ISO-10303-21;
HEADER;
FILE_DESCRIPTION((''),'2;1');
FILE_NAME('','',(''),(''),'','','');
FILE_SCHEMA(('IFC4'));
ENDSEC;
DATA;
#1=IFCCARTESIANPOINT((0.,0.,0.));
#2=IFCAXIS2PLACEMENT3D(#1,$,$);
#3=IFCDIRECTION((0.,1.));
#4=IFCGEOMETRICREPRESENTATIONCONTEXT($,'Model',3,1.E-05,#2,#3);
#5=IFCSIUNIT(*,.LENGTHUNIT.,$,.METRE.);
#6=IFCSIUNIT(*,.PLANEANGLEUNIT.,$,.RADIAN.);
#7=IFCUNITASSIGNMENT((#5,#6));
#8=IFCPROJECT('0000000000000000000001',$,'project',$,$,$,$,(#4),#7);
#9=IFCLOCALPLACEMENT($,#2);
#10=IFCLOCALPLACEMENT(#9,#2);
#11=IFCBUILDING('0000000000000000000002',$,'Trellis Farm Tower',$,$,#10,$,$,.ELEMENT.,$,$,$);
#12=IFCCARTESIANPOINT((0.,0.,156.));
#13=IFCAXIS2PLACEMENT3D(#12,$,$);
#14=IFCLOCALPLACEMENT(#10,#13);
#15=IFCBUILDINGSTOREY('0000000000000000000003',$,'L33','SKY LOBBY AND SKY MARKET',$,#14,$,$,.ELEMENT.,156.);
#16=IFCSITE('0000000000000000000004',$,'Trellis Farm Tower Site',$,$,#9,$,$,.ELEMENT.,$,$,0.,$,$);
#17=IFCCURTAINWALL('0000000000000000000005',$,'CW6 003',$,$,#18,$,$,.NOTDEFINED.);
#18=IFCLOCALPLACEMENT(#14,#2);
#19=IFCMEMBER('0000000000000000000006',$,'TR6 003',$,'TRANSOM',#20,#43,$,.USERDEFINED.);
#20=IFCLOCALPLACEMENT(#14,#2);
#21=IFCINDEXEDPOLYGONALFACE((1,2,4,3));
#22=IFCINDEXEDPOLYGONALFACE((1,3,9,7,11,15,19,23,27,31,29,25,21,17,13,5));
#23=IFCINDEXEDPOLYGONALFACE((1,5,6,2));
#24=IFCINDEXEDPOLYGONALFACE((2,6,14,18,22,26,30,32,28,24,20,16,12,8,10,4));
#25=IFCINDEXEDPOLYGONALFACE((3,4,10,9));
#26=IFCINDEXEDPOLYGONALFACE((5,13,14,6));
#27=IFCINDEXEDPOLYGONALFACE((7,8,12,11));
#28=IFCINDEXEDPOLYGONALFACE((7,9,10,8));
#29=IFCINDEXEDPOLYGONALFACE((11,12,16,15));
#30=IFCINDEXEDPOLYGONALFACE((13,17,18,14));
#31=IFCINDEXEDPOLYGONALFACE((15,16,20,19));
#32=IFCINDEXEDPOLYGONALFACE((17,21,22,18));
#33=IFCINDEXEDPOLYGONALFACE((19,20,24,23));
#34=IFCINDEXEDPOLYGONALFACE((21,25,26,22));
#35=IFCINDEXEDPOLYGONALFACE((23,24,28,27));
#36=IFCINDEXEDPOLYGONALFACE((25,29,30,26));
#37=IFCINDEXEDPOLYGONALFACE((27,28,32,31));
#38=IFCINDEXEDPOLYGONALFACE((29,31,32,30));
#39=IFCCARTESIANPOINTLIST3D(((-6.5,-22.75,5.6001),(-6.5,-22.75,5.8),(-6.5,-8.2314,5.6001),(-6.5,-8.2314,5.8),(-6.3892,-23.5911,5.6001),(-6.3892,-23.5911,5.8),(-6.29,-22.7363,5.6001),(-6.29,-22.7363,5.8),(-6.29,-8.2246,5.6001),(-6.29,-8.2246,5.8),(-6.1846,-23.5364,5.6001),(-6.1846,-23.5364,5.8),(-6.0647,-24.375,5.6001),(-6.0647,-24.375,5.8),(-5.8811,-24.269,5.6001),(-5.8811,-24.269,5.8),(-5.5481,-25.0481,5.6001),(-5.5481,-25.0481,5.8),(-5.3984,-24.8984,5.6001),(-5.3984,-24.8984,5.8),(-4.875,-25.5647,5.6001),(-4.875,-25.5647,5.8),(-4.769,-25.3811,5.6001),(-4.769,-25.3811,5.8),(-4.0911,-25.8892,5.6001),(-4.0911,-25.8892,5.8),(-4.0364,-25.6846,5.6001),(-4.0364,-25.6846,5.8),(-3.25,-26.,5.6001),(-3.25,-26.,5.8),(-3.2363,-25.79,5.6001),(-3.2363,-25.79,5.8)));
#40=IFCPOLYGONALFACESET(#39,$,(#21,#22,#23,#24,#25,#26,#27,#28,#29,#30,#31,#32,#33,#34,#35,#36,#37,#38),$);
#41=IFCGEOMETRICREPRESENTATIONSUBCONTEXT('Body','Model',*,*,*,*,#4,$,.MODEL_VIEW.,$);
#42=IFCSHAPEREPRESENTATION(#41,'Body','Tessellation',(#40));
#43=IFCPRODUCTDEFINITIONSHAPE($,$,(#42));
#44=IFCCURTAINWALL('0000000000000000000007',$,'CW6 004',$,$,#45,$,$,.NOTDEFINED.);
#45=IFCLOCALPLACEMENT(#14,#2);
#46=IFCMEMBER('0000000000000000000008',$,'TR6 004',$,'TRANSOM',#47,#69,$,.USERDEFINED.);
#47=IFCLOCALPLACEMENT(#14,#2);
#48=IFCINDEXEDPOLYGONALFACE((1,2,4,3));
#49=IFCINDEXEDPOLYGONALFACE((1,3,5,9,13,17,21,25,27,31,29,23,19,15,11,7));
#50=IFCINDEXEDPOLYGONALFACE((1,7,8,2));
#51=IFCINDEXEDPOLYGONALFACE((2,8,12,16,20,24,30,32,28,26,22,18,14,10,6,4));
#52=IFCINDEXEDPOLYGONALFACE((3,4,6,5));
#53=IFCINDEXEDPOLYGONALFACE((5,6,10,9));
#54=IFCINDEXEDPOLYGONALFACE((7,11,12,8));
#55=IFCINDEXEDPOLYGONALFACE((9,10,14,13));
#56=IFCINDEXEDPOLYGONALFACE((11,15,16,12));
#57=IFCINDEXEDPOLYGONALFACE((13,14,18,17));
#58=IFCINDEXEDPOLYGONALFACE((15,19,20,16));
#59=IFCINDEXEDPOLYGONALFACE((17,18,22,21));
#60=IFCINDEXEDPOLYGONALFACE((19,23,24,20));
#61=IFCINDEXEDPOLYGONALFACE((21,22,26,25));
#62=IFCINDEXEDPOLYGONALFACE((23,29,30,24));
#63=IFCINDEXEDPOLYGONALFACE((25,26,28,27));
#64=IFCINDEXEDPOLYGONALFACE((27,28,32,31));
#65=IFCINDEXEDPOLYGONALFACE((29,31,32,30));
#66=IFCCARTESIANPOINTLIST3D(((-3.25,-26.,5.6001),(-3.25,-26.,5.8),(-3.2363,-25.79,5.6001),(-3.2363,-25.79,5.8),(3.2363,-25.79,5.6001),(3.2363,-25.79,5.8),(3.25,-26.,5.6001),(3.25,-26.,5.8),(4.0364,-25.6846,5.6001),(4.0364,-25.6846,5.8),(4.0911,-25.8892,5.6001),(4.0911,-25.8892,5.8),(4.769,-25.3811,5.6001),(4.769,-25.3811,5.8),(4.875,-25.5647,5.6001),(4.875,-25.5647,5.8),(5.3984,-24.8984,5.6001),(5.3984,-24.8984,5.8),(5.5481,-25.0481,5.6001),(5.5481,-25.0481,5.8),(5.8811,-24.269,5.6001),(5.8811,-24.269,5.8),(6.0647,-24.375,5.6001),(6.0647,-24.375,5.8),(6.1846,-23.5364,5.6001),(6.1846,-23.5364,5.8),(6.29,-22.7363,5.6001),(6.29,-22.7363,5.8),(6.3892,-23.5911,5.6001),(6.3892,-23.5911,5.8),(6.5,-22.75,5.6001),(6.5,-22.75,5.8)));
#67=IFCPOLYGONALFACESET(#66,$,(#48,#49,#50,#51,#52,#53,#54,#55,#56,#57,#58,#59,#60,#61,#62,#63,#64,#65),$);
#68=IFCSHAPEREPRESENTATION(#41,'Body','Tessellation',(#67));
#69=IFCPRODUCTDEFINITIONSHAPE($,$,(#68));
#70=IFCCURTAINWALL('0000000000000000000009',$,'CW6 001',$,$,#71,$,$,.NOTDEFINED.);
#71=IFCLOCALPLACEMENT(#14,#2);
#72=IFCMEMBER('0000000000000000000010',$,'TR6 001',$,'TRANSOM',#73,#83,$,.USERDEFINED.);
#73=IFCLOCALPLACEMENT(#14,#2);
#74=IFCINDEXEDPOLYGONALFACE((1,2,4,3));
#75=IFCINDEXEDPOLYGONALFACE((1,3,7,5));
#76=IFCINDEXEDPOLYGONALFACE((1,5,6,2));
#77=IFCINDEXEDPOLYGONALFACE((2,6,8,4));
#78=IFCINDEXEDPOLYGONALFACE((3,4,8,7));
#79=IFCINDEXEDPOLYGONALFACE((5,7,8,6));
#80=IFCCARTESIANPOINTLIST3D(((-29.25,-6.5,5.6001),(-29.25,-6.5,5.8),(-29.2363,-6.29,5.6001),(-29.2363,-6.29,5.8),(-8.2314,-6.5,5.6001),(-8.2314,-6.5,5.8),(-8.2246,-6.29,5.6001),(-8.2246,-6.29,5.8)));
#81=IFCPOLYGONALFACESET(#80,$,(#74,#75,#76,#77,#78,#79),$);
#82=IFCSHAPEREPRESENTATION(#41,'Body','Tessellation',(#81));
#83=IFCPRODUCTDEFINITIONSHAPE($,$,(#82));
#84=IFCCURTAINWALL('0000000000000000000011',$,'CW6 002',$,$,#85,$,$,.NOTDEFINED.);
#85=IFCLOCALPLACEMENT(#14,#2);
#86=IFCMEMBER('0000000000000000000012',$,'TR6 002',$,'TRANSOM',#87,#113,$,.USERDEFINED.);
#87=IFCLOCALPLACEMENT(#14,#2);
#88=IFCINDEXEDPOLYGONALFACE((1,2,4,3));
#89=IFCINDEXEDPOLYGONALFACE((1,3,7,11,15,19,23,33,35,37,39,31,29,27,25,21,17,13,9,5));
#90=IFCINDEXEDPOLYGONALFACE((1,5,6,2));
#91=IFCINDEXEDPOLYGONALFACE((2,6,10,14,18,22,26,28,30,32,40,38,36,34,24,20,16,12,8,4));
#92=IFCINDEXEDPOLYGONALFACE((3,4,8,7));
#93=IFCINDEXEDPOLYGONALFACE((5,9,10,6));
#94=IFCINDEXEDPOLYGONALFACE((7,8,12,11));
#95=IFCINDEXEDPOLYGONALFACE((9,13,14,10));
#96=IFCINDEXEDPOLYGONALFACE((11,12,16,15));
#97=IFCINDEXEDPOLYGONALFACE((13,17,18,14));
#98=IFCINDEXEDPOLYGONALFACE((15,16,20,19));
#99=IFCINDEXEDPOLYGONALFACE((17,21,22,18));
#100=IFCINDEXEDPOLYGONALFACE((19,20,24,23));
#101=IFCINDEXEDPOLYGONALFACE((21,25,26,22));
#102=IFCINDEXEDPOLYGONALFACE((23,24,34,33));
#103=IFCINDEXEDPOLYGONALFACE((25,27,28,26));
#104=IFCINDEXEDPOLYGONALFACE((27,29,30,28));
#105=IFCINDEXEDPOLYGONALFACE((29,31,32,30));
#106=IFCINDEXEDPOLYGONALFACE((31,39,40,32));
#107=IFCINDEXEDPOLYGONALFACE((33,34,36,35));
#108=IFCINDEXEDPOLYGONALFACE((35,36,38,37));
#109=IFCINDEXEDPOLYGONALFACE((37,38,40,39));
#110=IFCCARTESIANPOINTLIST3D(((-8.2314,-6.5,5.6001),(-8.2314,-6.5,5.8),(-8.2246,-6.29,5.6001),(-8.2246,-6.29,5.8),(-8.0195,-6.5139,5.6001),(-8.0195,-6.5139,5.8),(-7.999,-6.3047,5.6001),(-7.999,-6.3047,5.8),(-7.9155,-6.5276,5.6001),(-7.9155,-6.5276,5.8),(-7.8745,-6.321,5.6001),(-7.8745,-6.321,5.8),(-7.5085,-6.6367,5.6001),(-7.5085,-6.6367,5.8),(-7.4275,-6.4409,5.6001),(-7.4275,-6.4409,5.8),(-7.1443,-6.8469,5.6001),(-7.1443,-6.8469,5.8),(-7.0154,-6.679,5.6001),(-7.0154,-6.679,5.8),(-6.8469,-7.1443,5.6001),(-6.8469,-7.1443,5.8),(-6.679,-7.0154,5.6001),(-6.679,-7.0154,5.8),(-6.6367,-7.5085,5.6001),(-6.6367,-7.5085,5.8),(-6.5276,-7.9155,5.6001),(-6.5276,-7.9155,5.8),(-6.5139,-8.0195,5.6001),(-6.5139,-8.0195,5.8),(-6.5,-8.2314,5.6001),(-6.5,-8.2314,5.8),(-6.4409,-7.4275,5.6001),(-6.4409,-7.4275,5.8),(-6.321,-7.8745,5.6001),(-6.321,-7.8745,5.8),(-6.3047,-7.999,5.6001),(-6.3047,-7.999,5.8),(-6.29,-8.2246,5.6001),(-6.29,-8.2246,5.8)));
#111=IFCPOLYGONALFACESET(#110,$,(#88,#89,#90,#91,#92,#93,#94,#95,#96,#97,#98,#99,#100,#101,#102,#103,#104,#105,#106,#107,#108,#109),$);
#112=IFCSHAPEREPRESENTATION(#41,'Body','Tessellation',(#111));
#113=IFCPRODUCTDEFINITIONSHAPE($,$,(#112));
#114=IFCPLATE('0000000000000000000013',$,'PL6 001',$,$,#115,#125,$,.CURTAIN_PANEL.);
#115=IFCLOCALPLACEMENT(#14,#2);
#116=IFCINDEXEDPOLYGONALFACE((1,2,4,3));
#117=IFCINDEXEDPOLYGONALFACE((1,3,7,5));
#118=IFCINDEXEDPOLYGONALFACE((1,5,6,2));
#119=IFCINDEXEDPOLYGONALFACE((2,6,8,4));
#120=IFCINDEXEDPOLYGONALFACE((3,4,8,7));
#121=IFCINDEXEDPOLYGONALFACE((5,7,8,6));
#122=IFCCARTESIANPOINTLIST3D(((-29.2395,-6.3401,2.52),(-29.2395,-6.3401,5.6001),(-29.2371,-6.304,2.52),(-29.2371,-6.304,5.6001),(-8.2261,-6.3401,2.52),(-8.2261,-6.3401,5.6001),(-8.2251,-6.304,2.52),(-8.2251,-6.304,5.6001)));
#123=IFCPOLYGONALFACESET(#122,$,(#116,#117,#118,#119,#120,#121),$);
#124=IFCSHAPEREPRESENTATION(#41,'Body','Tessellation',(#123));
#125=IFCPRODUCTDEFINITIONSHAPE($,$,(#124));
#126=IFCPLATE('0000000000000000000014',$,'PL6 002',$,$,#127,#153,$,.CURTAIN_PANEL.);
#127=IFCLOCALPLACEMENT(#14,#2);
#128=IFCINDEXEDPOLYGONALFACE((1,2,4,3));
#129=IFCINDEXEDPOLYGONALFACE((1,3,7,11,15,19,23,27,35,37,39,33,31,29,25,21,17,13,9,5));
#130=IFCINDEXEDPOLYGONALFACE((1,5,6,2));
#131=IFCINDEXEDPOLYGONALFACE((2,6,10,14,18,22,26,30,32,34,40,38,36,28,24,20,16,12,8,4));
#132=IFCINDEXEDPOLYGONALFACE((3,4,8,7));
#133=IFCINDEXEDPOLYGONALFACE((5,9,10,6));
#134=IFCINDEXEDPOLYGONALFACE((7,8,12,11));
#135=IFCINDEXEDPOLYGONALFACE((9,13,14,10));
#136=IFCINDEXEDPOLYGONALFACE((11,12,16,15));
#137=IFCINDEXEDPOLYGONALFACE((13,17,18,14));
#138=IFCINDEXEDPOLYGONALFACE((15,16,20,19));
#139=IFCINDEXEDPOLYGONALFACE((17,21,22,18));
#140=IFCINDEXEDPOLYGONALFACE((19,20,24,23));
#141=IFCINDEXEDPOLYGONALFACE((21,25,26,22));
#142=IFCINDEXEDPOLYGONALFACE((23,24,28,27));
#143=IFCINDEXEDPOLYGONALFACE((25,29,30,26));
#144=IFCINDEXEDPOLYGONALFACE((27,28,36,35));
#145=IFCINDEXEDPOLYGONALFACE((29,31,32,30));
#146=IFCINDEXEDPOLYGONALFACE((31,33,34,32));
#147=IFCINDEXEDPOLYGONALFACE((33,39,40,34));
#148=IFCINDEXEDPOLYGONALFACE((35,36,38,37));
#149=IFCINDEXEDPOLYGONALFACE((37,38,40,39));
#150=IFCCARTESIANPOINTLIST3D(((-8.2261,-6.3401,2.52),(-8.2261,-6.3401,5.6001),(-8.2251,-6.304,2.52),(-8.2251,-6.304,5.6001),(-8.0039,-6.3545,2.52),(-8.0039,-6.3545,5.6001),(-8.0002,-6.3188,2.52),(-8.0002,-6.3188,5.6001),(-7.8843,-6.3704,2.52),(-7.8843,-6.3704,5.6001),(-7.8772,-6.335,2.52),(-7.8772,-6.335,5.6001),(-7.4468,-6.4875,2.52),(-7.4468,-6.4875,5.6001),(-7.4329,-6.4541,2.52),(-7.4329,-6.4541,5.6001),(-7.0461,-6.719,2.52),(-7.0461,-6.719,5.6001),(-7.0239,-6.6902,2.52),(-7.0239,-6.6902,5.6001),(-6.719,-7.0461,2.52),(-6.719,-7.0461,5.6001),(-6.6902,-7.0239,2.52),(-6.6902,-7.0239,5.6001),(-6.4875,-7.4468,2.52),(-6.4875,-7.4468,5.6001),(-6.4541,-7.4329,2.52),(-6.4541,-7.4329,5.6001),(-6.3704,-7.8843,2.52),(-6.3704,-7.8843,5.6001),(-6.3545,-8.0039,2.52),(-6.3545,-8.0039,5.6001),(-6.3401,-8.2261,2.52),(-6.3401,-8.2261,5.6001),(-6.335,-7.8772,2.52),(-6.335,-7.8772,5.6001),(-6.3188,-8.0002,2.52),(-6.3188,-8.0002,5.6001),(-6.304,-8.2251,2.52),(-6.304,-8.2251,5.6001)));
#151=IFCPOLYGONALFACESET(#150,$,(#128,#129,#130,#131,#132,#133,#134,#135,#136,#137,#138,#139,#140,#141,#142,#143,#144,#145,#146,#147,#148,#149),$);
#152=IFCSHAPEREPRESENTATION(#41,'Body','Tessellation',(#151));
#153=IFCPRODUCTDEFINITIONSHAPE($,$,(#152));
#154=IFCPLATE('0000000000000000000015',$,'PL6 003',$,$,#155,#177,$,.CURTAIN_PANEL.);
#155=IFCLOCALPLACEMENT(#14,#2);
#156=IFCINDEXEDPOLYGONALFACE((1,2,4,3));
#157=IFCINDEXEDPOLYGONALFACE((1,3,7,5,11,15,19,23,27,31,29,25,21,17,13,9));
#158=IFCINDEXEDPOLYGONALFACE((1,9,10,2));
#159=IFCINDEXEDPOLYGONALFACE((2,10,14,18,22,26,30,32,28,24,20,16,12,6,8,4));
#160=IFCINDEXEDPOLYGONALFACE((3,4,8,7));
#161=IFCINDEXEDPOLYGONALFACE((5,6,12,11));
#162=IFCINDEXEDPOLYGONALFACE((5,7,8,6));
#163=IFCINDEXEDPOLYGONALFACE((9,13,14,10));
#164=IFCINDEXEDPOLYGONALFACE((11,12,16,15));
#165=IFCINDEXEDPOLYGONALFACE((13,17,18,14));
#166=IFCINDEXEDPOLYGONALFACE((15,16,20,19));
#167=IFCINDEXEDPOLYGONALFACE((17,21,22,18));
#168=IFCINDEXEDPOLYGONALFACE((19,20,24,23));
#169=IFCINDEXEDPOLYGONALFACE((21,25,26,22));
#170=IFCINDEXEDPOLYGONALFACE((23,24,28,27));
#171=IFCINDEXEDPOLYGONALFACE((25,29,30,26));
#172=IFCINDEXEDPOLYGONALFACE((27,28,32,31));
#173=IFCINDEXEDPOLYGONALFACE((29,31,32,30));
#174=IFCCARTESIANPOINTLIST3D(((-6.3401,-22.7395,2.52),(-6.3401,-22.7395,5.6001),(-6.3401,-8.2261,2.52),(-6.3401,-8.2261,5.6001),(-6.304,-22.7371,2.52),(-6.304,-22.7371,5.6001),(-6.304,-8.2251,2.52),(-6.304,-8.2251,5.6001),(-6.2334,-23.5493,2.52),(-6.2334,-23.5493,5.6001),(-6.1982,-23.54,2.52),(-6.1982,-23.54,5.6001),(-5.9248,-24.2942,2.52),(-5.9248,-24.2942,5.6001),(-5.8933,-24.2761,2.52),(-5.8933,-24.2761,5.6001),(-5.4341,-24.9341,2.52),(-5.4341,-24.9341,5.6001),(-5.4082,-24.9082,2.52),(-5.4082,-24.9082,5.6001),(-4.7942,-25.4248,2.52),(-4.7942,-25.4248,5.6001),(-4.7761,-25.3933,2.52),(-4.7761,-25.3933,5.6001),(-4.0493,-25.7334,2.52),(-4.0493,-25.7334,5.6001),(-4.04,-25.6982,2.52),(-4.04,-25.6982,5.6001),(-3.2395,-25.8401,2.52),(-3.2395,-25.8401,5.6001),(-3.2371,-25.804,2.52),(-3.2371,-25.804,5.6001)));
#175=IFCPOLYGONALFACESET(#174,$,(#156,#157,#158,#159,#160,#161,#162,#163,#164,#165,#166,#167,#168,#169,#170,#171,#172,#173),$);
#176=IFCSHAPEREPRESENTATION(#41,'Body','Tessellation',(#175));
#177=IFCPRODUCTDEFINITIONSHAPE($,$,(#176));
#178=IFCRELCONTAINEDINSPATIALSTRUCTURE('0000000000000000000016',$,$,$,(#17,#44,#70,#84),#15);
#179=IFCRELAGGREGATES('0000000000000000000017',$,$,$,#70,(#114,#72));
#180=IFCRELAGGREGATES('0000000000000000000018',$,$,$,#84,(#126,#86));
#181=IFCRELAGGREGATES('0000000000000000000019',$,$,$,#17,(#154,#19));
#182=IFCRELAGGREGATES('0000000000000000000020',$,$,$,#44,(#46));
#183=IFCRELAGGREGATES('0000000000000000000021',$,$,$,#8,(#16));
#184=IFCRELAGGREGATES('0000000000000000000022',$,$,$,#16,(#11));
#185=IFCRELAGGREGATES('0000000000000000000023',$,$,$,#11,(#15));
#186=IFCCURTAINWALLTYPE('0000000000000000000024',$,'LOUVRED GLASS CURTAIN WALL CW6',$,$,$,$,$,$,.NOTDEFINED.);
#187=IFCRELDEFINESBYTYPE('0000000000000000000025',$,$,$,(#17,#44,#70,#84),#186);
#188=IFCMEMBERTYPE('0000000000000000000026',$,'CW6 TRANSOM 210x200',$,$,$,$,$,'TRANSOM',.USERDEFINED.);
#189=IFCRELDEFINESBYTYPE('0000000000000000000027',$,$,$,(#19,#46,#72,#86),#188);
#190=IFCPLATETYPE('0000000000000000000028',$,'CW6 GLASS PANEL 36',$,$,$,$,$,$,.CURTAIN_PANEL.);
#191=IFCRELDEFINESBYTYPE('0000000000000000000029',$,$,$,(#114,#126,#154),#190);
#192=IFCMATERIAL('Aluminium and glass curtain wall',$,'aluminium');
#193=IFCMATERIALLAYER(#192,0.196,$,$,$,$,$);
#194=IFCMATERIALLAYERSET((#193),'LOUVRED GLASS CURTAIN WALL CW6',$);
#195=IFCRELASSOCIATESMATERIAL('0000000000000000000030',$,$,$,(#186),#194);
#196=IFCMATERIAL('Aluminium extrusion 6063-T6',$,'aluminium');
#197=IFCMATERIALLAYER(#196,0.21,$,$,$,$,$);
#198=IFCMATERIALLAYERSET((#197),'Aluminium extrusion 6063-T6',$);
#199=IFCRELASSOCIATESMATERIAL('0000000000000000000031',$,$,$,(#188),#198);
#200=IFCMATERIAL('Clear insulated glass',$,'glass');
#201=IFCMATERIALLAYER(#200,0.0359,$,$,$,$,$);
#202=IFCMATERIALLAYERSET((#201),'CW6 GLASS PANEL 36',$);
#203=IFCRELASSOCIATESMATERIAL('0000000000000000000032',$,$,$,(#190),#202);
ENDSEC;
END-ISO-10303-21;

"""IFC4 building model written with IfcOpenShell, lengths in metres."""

from ifc_helpers import new_model, si_unit, direction, frame, origin, place, context, subcontext, project, spatial, polyline, outline, extrude, source, transform, mapped, material, layer, layer_set, type_object, element, aggregate, save


model = new_model("IFC4")

# Units and contexts
model_context = context("Model", 3, precision=1e-05, world=origin(), true_north=direction((0.0, 1.0)))
body_context = subcontext(model_context, "Body", "Model", "MODEL_VIEW")
ifc_project = project(units=[si_unit("LENGTHUNIT", "METRE"), si_unit("PLANEANGLEUNIT", "RADIAN")], contexts=[model_context])

# Site, building, storey
site_placement = place(None, origin())
site = spatial("IfcSite", under=ifc_project, at=site_placement, Name="Trellis Farm Tower Site", CompositionType="ELEMENT", RefElevation=0.0)
building_placement = place(site_placement, origin())
building = spatial("IfcBuilding", under=site, at=building_placement, Name="Trellis Farm Tower", CompositionType="ELEMENT")
storey_placement = place(building_placement, frame((0.0, 0.0, 156.0)))
storey = spatial("IfcBuildingStorey", under=building, at=storey_placement, Name="L33", Description="SKY LOBBY AND SKY MARKET", CompositionType="ELEMENT", Elevation=156.0)

# Curtain walls, members
ifc_material_1 = material(Name="Aluminium and glass curtain wall", Category="aluminium")
ifc_layer_1 = layer(ifc_material_1, 0.196)
ifc_layer_set_1 = layer_set([ifc_layer_1], Name="LOUVRED GLASS CURTAIN WALL CW6")
curtain_wall_type = type_object("IfcCurtainWallType", Name="LOUVRED GLASS CURTAIN WALL CW6", PredefinedType="NOTDEFINED", material=ifc_layer_set_1)
placement_1 = place(storey_placement, origin())
curtain_wall_1 = element("IfcCurtainWall", 1, at=placement_1, inside=storey, type_object=curtain_wall_type, Name="CW6 003", PredefinedType="NOTDEFINED")
ifc_material_2 = material(Name="Aluminium extrusion 6063-T6", Category="aluminium")
ifc_layer_2 = layer(ifc_material_2, 0.21)
ifc_layer_set_2 = layer_set([ifc_layer_2], Name="Aluminium extrusion 6063-T6")
member_type = type_object("IfcMemberType", Name="CW6 TRANSOM 210x200", ElementType="TRANSOM", PredefinedType="USERDEFINED", material=ifc_layer_set_2)
placement_2 = place(storey_placement, frame((0.0, 0.0, 5.6001)))
member_1 = element("IfcMember", 2, at=placement_2, type_object=member_type, Name="TR6 003", ObjectType="TRANSOM", PredefinedType="USERDEFINED", context=body_context, shape_type="SweptSolid", body=[
    extrude(outline(polyline([(-6.5, -8.2314), (-6.5, -22.75), (-6.3892, -23.5911), (-6.0647, -24.375), (-5.5481, -25.0481), (-4.875, -25.5647), (-4.0911, -25.8892), (-3.25, -26.0), (-3.2363, -25.79), (-4.0364, -25.6846), (-4.769, -25.3811), (-5.3984, -24.8984), (-5.8811, -24.269), (-6.1846, -23.5364), (-6.29, -22.7363), (-6.29, -8.2246), (-6.5, -8.2314)])), origin(), (0.0, 0.0, 1.0), 0.2),
])
curtain_wall_2 = element("IfcCurtainWall", 3, at=placement_1, inside=storey, type_object=curtain_wall_type, Name="CW6 004", PredefinedType="NOTDEFINED")
member_2 = element("IfcMember", 4, at=placement_2, type_object=member_type, Name="TR6 004", ObjectType="TRANSOM", PredefinedType="USERDEFINED", context=body_context, shape_type="SweptSolid", body=[
    extrude(outline(polyline([(-3.25, -26.0), (3.25, -26.0), (4.0911, -25.8892), (4.875, -25.5647), (5.5481, -25.0481), (6.0647, -24.375), (6.3892, -23.5911), (6.5, -22.75), (6.29, -22.7363), (6.1846, -23.5364), (5.8811, -24.269), (5.3984, -24.8984), (4.769, -25.3811), (4.0364, -25.6846), (3.2363, -25.79), (-3.2363, -25.79), (-3.25, -26.0)])), origin(), (0.0, 0.0, 1.0), 0.2),
])
curtain_wall_3 = element("IfcCurtainWall", 5, at=placement_1, inside=storey, type_object=curtain_wall_type, Name="CW6 001", PredefinedType="NOTDEFINED")
shared_shape_1 = source(origin(), body_context, "Body", "SweptSolid", [
    extrude(outline(polyline([(-29.25, -6.5), (-8.2314, -6.5), (-8.2246, -6.29), (-29.2363, -6.29), (-29.25, -6.5)])), origin(), (0.0, 0.0, 1.0), 0.2),
])
member_3 = element("IfcMember", 6, at=placement_2, type_object=member_type, Name="TR6 001", ObjectType="TRANSOM", PredefinedType="USERDEFINED", context=body_context, shape_type="MappedRepresentation", body=[
    mapped(shared_shape_1, transform((0.0, 0.0, 0.0))),
])
curtain_wall_4 = element("IfcCurtainWall", 7, at=placement_1, inside=storey, type_object=curtain_wall_type, Name="CW6 002", PredefinedType="NOTDEFINED")
shared_shape_2 = source(origin(), body_context, "Body", "SweptSolid", [
    extrude(outline(polyline([(-8.2314, -6.5), (-8.0195, -6.5139), (-7.9155, -6.5276), (-7.5085, -6.6367), (-7.1443, -6.8469), (-6.8469, -7.1443), (-6.6367, -7.5085), (-6.5276, -7.9155), (-6.5139, -8.0195), (-6.5, -8.2314), (-6.29, -8.2246), (-6.3047, -7.999), (-6.321, -7.8745), (-6.4409, -7.4275), (-6.679, -7.0154), (-7.0154, -6.679), (-7.4275, -6.4409), (-7.8745, -6.321), (-7.999, -6.3047), (-8.2246, -6.29), (-8.2314, -6.5)])), origin(), (0.0, 0.0, 1.0), 0.2),
])
member_4 = element("IfcMember", 8, at=placement_2, type_object=member_type, Name="TR6 002", ObjectType="TRANSOM", PredefinedType="USERDEFINED", context=body_context, shape_type="MappedRepresentation", body=[
    mapped(shared_shape_2, transform((0.0, 0.0, 0.0))),
])

# Plates
ifc_material_3 = material(Name="Clear insulated glass", Category="glass")
ifc_layer_3 = layer(ifc_material_3, 0.0359)
ifc_layer_set_3 = layer_set([ifc_layer_3], Name="CW6 GLASS PANEL 36")
plate_type = type_object("IfcPlateType", Name="CW6 GLASS PANEL 36", PredefinedType="CURTAIN_PANEL", material=ifc_layer_set_3)
placement_3 = place(storey_placement, frame((0.0, 0.0, 2.52)))
plate_1 = element("IfcPlate", 9, at=placement_3, type_object=plate_type, Name="PL6 001", PredefinedType="CURTAIN_PANEL", context=body_context, shape_type="SweptSolid", body=[
    extrude(outline(polyline([(-29.2395, -6.3401), (-8.2261, -6.3401), (-8.2251, -6.304), (-29.2371, -6.304), (-29.2395, -6.3401)])), origin(), (0.0, 0.0, 1.0), 3.0801),
])
plate_2 = element("IfcPlate", 10, at=placement_3, type_object=plate_type, Name="PL6 002", PredefinedType="CURTAIN_PANEL", context=body_context, shape_type="SweptSolid", body=[
    extrude(outline(polyline([(-8.2261, -6.3401), (-8.0039, -6.3545), (-7.8843, -6.3704), (-7.4468, -6.4875), (-7.0461, -6.719), (-6.719, -7.0461), (-6.4875, -7.4468), (-6.3704, -7.8843), (-6.3545, -8.0039), (-6.3401, -8.2261), (-6.304, -8.2251), (-6.3188, -8.0002), (-6.335, -7.8772), (-6.4541, -7.4329), (-6.6902, -7.0239), (-7.0239, -6.6902), (-7.4329, -6.4541), (-7.8772, -6.335), (-8.0002, -6.3188), (-8.2251, -6.304), (-8.2261, -6.3401)])), origin(), (0.0, 0.0, 1.0), 3.0801),
])
plate_3 = element("IfcPlate", 11, at=placement_3, type_object=plate_type, Name="PL6 003", PredefinedType="CURTAIN_PANEL", context=body_context, shape_type="SweptSolid", body=[
    extrude(outline(polyline([(-6.3401, -8.2261), (-6.3401, -22.7395), (-6.2334, -23.5493), (-5.9248, -24.2942), (-5.4341, -24.9341), (-4.7942, -25.4248), (-4.0493, -25.7334), (-3.2395, -25.8401), (-3.2371, -25.804), (-4.04, -25.6982), (-4.7761, -25.3933), (-5.4082, -24.9082), (-5.8933, -24.2761), (-6.1982, -23.54), (-6.304, -22.7371), (-6.304, -8.2251), (-6.3401, -8.2261)])), origin(), (0.0, 0.0, 1.0), 3.0801),
])

aggregate(curtain_wall_3, [plate_1, member_3])
aggregate(curtain_wall_4, [plate_2, member_4])
aggregate(curtain_wall_1, [plate_3, member_1])
aggregate(curtain_wall_2, [member_2])

save(model, "model.ifc")
